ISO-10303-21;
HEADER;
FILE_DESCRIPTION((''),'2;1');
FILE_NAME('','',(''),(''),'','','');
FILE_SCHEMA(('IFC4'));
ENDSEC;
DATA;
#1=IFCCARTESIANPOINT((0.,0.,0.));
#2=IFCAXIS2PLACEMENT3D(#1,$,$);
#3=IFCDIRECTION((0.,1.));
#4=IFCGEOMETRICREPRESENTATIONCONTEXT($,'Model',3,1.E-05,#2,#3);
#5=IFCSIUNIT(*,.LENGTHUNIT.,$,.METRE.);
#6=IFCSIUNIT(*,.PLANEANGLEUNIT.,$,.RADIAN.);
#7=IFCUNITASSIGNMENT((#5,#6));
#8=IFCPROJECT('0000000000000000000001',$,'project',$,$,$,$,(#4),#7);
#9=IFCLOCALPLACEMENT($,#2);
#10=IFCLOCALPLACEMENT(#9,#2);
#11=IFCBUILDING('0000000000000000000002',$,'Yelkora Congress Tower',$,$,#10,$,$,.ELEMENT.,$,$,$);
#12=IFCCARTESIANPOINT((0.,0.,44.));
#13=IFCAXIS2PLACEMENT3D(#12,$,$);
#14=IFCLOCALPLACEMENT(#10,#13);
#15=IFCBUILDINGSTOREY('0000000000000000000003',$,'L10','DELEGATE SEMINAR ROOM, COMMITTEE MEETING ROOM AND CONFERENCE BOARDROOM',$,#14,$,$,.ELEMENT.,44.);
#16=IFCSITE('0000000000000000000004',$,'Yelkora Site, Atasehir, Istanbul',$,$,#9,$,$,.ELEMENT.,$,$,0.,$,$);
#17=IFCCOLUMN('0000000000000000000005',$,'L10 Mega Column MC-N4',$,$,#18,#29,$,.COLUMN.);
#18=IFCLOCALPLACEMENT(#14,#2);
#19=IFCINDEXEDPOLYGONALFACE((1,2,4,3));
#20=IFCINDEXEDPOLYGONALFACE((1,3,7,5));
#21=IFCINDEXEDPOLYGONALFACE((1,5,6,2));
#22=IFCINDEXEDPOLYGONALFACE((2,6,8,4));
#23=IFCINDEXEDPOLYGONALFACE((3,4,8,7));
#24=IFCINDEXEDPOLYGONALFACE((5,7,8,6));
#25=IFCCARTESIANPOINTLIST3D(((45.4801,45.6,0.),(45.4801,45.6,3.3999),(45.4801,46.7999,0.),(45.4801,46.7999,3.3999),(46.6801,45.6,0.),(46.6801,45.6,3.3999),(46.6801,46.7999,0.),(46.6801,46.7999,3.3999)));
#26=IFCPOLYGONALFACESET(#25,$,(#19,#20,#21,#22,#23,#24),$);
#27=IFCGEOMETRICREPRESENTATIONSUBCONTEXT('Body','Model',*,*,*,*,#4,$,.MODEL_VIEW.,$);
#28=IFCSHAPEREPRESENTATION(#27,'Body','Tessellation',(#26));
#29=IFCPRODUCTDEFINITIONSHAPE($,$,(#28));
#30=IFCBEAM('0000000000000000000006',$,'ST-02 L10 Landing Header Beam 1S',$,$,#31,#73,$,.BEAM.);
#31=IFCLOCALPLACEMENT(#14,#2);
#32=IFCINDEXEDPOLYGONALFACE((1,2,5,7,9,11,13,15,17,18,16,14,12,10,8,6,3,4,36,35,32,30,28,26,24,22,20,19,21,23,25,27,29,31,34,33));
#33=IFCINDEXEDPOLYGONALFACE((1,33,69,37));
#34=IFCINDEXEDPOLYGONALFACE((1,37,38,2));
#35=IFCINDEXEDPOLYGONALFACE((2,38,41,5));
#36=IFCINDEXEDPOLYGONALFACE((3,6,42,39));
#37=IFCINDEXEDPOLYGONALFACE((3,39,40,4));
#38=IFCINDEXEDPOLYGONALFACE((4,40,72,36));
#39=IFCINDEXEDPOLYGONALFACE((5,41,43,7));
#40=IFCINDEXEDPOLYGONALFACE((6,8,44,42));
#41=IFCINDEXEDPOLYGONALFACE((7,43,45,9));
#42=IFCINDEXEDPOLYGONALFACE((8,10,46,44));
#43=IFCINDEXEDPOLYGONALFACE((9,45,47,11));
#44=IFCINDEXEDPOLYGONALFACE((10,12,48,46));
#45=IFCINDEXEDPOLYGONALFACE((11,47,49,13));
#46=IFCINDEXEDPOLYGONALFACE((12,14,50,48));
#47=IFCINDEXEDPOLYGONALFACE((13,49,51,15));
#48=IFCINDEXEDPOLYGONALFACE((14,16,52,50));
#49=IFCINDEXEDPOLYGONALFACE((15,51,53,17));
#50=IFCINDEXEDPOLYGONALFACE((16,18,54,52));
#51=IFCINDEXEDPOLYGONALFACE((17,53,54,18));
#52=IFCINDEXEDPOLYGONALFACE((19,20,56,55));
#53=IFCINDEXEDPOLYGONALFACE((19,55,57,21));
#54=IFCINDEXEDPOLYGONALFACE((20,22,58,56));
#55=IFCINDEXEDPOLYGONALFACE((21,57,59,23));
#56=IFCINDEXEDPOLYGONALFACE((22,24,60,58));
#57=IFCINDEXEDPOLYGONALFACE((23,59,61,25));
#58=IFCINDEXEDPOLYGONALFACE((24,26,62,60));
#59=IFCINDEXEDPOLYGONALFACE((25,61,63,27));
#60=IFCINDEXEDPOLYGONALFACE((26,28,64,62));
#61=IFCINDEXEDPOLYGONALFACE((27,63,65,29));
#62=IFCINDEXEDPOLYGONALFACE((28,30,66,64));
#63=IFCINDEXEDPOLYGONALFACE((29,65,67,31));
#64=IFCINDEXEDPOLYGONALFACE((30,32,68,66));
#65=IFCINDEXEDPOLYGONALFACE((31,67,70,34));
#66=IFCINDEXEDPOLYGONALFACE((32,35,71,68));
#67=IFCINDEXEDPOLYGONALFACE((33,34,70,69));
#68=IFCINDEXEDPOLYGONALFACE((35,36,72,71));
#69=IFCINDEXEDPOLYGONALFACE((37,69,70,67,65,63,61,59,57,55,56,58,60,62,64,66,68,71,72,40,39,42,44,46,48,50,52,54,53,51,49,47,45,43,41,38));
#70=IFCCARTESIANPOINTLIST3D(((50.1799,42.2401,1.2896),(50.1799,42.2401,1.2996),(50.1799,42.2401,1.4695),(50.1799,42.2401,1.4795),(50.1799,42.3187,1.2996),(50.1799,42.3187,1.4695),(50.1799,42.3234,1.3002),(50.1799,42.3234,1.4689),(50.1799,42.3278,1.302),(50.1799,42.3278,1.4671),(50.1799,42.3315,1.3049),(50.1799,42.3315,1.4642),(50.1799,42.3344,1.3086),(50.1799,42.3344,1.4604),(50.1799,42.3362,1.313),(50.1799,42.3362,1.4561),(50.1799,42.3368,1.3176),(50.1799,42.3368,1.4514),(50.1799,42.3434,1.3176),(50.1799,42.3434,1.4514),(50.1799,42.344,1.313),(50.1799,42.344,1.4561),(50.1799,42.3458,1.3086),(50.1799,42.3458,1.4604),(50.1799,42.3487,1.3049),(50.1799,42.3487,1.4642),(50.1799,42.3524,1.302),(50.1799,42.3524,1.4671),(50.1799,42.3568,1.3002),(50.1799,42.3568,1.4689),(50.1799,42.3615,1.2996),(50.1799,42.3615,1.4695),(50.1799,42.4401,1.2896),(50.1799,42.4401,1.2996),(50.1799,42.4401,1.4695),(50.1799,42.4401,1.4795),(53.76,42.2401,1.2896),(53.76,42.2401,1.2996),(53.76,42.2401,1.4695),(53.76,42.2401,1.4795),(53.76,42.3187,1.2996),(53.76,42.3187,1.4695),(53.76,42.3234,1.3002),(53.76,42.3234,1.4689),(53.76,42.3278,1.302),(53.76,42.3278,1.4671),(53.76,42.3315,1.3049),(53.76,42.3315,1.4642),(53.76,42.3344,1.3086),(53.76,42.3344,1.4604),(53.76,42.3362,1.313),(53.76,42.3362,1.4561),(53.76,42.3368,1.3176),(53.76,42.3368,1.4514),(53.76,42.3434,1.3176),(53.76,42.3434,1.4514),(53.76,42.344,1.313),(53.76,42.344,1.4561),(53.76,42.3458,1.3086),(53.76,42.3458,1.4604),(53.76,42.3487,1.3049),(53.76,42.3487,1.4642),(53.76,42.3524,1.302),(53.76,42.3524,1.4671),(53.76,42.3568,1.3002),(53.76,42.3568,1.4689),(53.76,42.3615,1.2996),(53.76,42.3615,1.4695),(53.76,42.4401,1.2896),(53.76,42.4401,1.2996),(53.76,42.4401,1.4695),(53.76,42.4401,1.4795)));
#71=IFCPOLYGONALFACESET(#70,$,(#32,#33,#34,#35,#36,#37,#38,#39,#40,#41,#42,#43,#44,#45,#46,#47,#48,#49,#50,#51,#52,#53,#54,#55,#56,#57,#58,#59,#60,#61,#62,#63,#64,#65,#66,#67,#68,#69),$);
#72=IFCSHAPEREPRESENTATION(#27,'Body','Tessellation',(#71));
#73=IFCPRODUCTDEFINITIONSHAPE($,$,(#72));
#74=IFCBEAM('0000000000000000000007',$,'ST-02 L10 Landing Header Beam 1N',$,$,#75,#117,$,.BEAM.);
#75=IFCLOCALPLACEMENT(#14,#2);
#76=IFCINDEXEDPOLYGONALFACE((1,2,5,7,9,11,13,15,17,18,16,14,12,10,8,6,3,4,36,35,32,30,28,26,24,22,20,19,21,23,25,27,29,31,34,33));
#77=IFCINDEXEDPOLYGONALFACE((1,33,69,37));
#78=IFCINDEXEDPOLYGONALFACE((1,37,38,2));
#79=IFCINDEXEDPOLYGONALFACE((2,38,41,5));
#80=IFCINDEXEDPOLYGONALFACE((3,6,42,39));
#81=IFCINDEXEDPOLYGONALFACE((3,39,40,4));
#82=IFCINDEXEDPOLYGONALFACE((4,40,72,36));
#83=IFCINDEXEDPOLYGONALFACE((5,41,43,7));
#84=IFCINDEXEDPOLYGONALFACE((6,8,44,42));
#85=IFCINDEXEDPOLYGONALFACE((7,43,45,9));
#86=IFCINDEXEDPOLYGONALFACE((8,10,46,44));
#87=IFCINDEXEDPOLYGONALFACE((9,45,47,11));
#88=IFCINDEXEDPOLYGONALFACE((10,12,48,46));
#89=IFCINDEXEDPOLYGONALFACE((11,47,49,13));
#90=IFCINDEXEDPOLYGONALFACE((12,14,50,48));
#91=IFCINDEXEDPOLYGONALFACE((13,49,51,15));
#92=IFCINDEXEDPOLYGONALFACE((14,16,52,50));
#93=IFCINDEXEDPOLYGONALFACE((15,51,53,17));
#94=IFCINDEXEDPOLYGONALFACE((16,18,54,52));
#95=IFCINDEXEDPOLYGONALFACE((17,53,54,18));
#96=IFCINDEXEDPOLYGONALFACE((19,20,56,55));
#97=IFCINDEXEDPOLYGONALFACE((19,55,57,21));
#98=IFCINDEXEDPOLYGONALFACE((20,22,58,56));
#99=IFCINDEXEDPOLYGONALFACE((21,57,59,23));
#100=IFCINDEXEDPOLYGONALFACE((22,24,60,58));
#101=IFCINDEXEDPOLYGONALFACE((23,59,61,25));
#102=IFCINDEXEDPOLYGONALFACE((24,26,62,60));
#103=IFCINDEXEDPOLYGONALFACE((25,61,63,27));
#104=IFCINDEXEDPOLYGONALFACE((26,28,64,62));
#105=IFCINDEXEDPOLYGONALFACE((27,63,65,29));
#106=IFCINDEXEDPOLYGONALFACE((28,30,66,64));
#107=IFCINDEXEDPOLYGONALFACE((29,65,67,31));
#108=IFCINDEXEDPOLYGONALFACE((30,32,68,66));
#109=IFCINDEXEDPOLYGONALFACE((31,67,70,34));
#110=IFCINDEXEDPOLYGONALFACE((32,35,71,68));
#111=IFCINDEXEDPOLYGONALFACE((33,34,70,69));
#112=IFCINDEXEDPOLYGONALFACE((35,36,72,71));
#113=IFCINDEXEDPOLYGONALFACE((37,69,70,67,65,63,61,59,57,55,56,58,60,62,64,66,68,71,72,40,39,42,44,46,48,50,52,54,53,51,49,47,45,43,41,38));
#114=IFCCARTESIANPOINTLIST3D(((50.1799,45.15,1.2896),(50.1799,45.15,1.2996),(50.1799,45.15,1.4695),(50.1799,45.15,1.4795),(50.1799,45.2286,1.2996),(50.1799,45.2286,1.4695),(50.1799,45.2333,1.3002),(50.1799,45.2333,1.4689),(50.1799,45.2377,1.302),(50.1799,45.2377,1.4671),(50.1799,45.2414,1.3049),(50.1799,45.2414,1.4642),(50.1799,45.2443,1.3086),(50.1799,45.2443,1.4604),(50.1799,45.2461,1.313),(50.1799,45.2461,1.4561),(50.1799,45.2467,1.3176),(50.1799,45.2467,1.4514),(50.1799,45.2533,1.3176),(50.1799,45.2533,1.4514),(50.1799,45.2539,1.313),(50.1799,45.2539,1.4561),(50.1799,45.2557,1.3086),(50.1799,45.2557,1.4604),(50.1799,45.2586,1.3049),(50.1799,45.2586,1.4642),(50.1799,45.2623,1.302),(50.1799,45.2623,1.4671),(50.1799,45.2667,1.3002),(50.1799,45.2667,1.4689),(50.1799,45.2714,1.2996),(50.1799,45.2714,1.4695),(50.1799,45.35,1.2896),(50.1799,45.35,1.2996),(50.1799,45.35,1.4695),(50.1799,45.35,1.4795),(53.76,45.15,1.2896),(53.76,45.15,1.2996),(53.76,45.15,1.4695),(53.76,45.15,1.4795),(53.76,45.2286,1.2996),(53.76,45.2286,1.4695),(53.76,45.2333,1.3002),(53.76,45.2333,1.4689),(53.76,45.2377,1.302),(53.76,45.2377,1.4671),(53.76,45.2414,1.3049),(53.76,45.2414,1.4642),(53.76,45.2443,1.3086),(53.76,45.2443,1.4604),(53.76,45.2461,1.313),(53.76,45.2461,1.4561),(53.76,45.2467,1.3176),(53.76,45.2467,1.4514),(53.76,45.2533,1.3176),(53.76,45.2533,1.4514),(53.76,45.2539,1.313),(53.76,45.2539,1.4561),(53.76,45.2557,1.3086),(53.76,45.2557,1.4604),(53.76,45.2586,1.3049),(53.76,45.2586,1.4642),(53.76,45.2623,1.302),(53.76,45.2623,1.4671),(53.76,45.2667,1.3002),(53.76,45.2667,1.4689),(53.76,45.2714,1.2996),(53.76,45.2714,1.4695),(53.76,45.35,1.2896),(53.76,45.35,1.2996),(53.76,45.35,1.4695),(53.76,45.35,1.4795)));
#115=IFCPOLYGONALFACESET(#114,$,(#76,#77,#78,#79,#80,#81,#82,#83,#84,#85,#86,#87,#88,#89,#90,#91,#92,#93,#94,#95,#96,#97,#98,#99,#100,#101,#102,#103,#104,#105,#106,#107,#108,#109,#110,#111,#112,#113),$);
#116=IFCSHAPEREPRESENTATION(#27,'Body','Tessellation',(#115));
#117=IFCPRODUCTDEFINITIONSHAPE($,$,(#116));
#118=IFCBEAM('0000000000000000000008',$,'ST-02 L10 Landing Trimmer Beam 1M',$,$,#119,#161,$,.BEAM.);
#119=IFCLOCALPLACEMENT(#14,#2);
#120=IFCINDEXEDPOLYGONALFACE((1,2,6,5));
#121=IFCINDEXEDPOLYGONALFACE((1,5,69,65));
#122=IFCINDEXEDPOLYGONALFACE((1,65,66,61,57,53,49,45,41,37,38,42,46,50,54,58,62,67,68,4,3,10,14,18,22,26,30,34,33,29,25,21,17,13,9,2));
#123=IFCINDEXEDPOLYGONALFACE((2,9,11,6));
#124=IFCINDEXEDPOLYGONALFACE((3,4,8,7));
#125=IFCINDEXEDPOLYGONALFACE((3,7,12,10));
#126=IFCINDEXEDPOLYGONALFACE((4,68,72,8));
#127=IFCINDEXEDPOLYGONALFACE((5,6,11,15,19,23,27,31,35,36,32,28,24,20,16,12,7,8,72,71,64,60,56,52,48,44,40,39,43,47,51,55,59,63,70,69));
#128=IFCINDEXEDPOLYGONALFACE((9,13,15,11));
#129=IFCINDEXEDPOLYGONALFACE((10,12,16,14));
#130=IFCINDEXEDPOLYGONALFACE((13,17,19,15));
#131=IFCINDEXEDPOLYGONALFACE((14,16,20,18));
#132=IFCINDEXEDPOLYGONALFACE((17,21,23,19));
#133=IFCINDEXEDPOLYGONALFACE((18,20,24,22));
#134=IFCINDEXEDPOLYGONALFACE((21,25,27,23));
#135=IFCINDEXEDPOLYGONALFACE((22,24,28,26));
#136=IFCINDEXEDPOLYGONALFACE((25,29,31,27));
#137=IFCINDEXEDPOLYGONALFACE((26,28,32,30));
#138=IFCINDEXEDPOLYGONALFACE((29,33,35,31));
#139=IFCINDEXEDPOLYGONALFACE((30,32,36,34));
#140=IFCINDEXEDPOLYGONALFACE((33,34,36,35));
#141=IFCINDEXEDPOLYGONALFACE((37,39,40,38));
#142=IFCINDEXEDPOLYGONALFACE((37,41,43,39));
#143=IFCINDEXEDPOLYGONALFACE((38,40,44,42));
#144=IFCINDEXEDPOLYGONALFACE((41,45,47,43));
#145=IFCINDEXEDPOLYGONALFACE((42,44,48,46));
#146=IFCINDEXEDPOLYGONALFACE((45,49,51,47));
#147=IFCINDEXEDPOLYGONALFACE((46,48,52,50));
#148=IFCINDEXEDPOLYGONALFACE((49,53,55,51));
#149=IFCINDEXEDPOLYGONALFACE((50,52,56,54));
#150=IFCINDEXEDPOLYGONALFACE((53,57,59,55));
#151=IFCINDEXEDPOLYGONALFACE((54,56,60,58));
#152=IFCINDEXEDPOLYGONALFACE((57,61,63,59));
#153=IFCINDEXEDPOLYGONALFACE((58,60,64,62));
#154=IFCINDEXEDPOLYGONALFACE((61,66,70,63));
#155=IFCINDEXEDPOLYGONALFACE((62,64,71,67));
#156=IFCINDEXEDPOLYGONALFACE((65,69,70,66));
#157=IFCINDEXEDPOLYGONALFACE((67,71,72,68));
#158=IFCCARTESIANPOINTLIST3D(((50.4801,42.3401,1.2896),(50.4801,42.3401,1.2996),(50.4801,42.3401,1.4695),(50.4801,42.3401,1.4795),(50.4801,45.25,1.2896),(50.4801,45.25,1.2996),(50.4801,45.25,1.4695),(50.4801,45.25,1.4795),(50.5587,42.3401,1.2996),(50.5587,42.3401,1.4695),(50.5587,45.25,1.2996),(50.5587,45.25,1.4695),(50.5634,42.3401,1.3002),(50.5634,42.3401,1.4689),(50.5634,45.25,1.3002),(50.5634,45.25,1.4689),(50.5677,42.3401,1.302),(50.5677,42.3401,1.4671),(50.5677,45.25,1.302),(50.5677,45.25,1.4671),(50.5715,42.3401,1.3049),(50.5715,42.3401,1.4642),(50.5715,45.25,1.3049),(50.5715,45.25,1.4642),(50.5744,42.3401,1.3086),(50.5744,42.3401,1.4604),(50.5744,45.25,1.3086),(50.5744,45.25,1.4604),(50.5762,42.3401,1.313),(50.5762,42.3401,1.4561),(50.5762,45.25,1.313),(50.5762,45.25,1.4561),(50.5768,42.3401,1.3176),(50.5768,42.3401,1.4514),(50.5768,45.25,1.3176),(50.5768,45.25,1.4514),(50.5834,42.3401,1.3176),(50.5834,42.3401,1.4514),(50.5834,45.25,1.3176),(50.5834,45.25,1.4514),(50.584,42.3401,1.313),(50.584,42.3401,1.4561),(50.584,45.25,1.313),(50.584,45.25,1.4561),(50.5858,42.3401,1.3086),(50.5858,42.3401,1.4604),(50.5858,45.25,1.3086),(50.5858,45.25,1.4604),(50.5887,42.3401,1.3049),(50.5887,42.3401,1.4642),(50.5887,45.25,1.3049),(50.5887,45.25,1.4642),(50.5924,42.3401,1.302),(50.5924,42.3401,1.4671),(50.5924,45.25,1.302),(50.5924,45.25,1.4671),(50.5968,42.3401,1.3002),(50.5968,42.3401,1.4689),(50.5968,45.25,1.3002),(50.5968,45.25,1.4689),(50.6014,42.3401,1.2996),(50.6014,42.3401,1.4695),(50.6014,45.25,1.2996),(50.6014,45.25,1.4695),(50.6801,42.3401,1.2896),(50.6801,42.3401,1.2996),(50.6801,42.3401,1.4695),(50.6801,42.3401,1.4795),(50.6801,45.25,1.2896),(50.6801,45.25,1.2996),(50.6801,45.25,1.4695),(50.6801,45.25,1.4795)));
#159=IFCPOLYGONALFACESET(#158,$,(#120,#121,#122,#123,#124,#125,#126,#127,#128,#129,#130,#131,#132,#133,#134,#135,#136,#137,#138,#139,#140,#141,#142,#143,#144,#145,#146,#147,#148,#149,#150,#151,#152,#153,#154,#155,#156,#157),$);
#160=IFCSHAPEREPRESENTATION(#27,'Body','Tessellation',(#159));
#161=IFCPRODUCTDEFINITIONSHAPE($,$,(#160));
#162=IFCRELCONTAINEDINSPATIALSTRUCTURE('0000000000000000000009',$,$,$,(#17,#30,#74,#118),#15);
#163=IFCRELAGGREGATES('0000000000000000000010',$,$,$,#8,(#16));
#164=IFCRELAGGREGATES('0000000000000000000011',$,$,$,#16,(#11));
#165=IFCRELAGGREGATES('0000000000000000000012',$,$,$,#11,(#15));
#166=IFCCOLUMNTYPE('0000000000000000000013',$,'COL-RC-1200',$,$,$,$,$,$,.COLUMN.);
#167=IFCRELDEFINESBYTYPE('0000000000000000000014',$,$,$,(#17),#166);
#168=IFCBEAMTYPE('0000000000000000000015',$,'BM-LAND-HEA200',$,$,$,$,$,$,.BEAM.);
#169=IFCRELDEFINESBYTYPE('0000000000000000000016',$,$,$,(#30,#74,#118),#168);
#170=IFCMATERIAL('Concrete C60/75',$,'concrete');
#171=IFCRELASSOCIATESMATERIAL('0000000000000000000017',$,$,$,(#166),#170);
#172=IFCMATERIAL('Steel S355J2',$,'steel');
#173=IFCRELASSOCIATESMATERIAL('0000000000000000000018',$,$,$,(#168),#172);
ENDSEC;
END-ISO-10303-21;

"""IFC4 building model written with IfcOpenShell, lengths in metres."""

from ifc_helpers import new_model, si_unit, direction, frame, origin, origin_2d, place, context, subcontext, project, spatial, rectangle, i_section, extrude, material, material_profile, profile_set, type_object, element, save


model = new_model("IFC4")

# Units and contexts
model_context = context("Model", 3, precision=1e-05, world=origin(), true_north=direction((0.0, 1.0)))
body_context = subcontext(model_context, "Body", "Model", "MODEL_VIEW")
ifc_project = project(units=[si_unit("LENGTHUNIT", "METRE"), si_unit("PLANEANGLEUNIT", "RADIAN")], contexts=[model_context])

# Site, building, storey
site_placement = place(None, origin())
site = spatial("IfcSite", under=ifc_project, at=site_placement, Name="Yelkora Site, Atasehir, Istanbul", CompositionType="ELEMENT", RefElevation=0.0)
building_placement = place(site_placement, origin())
building = spatial("IfcBuilding", under=site, at=building_placement, Name="Yelkora Congress Tower", CompositionType="ELEMENT")
storey_placement = place(building_placement, frame((0.0, 0.0, 44.0)))
storey = spatial("IfcBuildingStorey", under=building, at=storey_placement, Name="L10", Description="DELEGATE SEMINAR ROOM, COMMITTEE MEETING ROOM AND CONFERENCE BOARDROOM", CompositionType="ELEMENT", Elevation=44.0)

# Column
ifc_material_1 = material(Name="Concrete C60/75", Category="concrete")
ifc_material_profile_1 = material_profile(ifc_material_1, rectangle(XDim=1.2, YDim=1.2, at=origin_2d()), Name="RC 1200x1200")
ifc_profile_set_1 = profile_set([ifc_material_profile_1], Name="Concrete C60/75")
column_type = type_object("IfcColumnType", Name="COL-RC-1200", PredefinedType="COLUMN", material=ifc_profile_set_1)
column_placement = place(storey_placement, frame((46.0801, 46.2, 0.0), z_axis=(0.0, 0.0, 1.0), x_axis=(1.0, 0.0, 0.0)))
element("IfcColumn", 1, at=column_placement, inside=storey, type_object=column_type, Name="L10 Mega Column MC-N4", PredefinedType="COLUMN", context=body_context, shape_type="SweptSolid", body=[
    extrude(rectangle(XDim=1.2, YDim=1.2, at=origin_2d()), origin(), (0.0, 0.0, 1.0), 3.3999),
])

# Beams
ifc_material_2 = material(Name="Steel S355J2", Category="steel")
ifc_material_profile_2 = material_profile(ifc_material_2, i_section(OverallWidth=0.2, OverallDepth=0.1899, WebThickness=0.0066, FlangeThickness=0.01, FilletRadius=0.0181, at=origin_2d()), Name="HEA 200")
ifc_profile_set_2 = profile_set([ifc_material_profile_2], Name="Steel S355J2")
beam_type = type_object("IfcBeamType", Name="BM-LAND-HEA200", PredefinedType="BEAM", material=ifc_profile_set_2)
for number, where, z_axis, x_axis, name in (
    (2, (50.1799, 42.3401, 1.3845), (1.0, 0.0, 0.0), (0.0, 1.0, 0.0), "ST-02 L10 Landing Header Beam 1S"),
    (3, (50.1799, 45.25, 1.3845), (1.0, 0.0, 0.0), (0.0, 1.0, 0.0), "ST-02 L10 Landing Header Beam 1N"),
):
    element("IfcBeam", number, at=place(storey_placement, frame(where, z_axis=z_axis, x_axis=x_axis)), inside=storey, type_object=beam_type, Name=name, PredefinedType="BEAM", context=body_context, shape_type="SweptSolid", body=[
        extrude(i_section(OverallWidth=0.2, OverallDepth=0.1899, WebThickness=0.0066, FlangeThickness=0.01, FilletRadius=0.0181, at=origin_2d()), origin(), (0.0, 0.0, 1.0), 3.5801),
    ])
beam_1_placement = place(storey_placement, frame((50.5801, 42.3401, 1.3845), z_axis=(0.0, 1.0, 0.0), x_axis=(-1.0, 0.0, 0.0)))
element("IfcBeam", 4, at=beam_1_placement, inside=storey, type_object=beam_type, Name="ST-02 L10 Landing Trimmer Beam 1M", PredefinedType="BEAM", context=body_context, shape_type="SweptSolid", body=[
    extrude(i_section(OverallWidth=0.2, OverallDepth=0.1899, WebThickness=0.0066, FlangeThickness=0.01, FilletRadius=0.0181, at=origin_2d()), origin(), (0.0, 0.0, 1.0), 2.9099),
])

save(model, "model.ifc")
